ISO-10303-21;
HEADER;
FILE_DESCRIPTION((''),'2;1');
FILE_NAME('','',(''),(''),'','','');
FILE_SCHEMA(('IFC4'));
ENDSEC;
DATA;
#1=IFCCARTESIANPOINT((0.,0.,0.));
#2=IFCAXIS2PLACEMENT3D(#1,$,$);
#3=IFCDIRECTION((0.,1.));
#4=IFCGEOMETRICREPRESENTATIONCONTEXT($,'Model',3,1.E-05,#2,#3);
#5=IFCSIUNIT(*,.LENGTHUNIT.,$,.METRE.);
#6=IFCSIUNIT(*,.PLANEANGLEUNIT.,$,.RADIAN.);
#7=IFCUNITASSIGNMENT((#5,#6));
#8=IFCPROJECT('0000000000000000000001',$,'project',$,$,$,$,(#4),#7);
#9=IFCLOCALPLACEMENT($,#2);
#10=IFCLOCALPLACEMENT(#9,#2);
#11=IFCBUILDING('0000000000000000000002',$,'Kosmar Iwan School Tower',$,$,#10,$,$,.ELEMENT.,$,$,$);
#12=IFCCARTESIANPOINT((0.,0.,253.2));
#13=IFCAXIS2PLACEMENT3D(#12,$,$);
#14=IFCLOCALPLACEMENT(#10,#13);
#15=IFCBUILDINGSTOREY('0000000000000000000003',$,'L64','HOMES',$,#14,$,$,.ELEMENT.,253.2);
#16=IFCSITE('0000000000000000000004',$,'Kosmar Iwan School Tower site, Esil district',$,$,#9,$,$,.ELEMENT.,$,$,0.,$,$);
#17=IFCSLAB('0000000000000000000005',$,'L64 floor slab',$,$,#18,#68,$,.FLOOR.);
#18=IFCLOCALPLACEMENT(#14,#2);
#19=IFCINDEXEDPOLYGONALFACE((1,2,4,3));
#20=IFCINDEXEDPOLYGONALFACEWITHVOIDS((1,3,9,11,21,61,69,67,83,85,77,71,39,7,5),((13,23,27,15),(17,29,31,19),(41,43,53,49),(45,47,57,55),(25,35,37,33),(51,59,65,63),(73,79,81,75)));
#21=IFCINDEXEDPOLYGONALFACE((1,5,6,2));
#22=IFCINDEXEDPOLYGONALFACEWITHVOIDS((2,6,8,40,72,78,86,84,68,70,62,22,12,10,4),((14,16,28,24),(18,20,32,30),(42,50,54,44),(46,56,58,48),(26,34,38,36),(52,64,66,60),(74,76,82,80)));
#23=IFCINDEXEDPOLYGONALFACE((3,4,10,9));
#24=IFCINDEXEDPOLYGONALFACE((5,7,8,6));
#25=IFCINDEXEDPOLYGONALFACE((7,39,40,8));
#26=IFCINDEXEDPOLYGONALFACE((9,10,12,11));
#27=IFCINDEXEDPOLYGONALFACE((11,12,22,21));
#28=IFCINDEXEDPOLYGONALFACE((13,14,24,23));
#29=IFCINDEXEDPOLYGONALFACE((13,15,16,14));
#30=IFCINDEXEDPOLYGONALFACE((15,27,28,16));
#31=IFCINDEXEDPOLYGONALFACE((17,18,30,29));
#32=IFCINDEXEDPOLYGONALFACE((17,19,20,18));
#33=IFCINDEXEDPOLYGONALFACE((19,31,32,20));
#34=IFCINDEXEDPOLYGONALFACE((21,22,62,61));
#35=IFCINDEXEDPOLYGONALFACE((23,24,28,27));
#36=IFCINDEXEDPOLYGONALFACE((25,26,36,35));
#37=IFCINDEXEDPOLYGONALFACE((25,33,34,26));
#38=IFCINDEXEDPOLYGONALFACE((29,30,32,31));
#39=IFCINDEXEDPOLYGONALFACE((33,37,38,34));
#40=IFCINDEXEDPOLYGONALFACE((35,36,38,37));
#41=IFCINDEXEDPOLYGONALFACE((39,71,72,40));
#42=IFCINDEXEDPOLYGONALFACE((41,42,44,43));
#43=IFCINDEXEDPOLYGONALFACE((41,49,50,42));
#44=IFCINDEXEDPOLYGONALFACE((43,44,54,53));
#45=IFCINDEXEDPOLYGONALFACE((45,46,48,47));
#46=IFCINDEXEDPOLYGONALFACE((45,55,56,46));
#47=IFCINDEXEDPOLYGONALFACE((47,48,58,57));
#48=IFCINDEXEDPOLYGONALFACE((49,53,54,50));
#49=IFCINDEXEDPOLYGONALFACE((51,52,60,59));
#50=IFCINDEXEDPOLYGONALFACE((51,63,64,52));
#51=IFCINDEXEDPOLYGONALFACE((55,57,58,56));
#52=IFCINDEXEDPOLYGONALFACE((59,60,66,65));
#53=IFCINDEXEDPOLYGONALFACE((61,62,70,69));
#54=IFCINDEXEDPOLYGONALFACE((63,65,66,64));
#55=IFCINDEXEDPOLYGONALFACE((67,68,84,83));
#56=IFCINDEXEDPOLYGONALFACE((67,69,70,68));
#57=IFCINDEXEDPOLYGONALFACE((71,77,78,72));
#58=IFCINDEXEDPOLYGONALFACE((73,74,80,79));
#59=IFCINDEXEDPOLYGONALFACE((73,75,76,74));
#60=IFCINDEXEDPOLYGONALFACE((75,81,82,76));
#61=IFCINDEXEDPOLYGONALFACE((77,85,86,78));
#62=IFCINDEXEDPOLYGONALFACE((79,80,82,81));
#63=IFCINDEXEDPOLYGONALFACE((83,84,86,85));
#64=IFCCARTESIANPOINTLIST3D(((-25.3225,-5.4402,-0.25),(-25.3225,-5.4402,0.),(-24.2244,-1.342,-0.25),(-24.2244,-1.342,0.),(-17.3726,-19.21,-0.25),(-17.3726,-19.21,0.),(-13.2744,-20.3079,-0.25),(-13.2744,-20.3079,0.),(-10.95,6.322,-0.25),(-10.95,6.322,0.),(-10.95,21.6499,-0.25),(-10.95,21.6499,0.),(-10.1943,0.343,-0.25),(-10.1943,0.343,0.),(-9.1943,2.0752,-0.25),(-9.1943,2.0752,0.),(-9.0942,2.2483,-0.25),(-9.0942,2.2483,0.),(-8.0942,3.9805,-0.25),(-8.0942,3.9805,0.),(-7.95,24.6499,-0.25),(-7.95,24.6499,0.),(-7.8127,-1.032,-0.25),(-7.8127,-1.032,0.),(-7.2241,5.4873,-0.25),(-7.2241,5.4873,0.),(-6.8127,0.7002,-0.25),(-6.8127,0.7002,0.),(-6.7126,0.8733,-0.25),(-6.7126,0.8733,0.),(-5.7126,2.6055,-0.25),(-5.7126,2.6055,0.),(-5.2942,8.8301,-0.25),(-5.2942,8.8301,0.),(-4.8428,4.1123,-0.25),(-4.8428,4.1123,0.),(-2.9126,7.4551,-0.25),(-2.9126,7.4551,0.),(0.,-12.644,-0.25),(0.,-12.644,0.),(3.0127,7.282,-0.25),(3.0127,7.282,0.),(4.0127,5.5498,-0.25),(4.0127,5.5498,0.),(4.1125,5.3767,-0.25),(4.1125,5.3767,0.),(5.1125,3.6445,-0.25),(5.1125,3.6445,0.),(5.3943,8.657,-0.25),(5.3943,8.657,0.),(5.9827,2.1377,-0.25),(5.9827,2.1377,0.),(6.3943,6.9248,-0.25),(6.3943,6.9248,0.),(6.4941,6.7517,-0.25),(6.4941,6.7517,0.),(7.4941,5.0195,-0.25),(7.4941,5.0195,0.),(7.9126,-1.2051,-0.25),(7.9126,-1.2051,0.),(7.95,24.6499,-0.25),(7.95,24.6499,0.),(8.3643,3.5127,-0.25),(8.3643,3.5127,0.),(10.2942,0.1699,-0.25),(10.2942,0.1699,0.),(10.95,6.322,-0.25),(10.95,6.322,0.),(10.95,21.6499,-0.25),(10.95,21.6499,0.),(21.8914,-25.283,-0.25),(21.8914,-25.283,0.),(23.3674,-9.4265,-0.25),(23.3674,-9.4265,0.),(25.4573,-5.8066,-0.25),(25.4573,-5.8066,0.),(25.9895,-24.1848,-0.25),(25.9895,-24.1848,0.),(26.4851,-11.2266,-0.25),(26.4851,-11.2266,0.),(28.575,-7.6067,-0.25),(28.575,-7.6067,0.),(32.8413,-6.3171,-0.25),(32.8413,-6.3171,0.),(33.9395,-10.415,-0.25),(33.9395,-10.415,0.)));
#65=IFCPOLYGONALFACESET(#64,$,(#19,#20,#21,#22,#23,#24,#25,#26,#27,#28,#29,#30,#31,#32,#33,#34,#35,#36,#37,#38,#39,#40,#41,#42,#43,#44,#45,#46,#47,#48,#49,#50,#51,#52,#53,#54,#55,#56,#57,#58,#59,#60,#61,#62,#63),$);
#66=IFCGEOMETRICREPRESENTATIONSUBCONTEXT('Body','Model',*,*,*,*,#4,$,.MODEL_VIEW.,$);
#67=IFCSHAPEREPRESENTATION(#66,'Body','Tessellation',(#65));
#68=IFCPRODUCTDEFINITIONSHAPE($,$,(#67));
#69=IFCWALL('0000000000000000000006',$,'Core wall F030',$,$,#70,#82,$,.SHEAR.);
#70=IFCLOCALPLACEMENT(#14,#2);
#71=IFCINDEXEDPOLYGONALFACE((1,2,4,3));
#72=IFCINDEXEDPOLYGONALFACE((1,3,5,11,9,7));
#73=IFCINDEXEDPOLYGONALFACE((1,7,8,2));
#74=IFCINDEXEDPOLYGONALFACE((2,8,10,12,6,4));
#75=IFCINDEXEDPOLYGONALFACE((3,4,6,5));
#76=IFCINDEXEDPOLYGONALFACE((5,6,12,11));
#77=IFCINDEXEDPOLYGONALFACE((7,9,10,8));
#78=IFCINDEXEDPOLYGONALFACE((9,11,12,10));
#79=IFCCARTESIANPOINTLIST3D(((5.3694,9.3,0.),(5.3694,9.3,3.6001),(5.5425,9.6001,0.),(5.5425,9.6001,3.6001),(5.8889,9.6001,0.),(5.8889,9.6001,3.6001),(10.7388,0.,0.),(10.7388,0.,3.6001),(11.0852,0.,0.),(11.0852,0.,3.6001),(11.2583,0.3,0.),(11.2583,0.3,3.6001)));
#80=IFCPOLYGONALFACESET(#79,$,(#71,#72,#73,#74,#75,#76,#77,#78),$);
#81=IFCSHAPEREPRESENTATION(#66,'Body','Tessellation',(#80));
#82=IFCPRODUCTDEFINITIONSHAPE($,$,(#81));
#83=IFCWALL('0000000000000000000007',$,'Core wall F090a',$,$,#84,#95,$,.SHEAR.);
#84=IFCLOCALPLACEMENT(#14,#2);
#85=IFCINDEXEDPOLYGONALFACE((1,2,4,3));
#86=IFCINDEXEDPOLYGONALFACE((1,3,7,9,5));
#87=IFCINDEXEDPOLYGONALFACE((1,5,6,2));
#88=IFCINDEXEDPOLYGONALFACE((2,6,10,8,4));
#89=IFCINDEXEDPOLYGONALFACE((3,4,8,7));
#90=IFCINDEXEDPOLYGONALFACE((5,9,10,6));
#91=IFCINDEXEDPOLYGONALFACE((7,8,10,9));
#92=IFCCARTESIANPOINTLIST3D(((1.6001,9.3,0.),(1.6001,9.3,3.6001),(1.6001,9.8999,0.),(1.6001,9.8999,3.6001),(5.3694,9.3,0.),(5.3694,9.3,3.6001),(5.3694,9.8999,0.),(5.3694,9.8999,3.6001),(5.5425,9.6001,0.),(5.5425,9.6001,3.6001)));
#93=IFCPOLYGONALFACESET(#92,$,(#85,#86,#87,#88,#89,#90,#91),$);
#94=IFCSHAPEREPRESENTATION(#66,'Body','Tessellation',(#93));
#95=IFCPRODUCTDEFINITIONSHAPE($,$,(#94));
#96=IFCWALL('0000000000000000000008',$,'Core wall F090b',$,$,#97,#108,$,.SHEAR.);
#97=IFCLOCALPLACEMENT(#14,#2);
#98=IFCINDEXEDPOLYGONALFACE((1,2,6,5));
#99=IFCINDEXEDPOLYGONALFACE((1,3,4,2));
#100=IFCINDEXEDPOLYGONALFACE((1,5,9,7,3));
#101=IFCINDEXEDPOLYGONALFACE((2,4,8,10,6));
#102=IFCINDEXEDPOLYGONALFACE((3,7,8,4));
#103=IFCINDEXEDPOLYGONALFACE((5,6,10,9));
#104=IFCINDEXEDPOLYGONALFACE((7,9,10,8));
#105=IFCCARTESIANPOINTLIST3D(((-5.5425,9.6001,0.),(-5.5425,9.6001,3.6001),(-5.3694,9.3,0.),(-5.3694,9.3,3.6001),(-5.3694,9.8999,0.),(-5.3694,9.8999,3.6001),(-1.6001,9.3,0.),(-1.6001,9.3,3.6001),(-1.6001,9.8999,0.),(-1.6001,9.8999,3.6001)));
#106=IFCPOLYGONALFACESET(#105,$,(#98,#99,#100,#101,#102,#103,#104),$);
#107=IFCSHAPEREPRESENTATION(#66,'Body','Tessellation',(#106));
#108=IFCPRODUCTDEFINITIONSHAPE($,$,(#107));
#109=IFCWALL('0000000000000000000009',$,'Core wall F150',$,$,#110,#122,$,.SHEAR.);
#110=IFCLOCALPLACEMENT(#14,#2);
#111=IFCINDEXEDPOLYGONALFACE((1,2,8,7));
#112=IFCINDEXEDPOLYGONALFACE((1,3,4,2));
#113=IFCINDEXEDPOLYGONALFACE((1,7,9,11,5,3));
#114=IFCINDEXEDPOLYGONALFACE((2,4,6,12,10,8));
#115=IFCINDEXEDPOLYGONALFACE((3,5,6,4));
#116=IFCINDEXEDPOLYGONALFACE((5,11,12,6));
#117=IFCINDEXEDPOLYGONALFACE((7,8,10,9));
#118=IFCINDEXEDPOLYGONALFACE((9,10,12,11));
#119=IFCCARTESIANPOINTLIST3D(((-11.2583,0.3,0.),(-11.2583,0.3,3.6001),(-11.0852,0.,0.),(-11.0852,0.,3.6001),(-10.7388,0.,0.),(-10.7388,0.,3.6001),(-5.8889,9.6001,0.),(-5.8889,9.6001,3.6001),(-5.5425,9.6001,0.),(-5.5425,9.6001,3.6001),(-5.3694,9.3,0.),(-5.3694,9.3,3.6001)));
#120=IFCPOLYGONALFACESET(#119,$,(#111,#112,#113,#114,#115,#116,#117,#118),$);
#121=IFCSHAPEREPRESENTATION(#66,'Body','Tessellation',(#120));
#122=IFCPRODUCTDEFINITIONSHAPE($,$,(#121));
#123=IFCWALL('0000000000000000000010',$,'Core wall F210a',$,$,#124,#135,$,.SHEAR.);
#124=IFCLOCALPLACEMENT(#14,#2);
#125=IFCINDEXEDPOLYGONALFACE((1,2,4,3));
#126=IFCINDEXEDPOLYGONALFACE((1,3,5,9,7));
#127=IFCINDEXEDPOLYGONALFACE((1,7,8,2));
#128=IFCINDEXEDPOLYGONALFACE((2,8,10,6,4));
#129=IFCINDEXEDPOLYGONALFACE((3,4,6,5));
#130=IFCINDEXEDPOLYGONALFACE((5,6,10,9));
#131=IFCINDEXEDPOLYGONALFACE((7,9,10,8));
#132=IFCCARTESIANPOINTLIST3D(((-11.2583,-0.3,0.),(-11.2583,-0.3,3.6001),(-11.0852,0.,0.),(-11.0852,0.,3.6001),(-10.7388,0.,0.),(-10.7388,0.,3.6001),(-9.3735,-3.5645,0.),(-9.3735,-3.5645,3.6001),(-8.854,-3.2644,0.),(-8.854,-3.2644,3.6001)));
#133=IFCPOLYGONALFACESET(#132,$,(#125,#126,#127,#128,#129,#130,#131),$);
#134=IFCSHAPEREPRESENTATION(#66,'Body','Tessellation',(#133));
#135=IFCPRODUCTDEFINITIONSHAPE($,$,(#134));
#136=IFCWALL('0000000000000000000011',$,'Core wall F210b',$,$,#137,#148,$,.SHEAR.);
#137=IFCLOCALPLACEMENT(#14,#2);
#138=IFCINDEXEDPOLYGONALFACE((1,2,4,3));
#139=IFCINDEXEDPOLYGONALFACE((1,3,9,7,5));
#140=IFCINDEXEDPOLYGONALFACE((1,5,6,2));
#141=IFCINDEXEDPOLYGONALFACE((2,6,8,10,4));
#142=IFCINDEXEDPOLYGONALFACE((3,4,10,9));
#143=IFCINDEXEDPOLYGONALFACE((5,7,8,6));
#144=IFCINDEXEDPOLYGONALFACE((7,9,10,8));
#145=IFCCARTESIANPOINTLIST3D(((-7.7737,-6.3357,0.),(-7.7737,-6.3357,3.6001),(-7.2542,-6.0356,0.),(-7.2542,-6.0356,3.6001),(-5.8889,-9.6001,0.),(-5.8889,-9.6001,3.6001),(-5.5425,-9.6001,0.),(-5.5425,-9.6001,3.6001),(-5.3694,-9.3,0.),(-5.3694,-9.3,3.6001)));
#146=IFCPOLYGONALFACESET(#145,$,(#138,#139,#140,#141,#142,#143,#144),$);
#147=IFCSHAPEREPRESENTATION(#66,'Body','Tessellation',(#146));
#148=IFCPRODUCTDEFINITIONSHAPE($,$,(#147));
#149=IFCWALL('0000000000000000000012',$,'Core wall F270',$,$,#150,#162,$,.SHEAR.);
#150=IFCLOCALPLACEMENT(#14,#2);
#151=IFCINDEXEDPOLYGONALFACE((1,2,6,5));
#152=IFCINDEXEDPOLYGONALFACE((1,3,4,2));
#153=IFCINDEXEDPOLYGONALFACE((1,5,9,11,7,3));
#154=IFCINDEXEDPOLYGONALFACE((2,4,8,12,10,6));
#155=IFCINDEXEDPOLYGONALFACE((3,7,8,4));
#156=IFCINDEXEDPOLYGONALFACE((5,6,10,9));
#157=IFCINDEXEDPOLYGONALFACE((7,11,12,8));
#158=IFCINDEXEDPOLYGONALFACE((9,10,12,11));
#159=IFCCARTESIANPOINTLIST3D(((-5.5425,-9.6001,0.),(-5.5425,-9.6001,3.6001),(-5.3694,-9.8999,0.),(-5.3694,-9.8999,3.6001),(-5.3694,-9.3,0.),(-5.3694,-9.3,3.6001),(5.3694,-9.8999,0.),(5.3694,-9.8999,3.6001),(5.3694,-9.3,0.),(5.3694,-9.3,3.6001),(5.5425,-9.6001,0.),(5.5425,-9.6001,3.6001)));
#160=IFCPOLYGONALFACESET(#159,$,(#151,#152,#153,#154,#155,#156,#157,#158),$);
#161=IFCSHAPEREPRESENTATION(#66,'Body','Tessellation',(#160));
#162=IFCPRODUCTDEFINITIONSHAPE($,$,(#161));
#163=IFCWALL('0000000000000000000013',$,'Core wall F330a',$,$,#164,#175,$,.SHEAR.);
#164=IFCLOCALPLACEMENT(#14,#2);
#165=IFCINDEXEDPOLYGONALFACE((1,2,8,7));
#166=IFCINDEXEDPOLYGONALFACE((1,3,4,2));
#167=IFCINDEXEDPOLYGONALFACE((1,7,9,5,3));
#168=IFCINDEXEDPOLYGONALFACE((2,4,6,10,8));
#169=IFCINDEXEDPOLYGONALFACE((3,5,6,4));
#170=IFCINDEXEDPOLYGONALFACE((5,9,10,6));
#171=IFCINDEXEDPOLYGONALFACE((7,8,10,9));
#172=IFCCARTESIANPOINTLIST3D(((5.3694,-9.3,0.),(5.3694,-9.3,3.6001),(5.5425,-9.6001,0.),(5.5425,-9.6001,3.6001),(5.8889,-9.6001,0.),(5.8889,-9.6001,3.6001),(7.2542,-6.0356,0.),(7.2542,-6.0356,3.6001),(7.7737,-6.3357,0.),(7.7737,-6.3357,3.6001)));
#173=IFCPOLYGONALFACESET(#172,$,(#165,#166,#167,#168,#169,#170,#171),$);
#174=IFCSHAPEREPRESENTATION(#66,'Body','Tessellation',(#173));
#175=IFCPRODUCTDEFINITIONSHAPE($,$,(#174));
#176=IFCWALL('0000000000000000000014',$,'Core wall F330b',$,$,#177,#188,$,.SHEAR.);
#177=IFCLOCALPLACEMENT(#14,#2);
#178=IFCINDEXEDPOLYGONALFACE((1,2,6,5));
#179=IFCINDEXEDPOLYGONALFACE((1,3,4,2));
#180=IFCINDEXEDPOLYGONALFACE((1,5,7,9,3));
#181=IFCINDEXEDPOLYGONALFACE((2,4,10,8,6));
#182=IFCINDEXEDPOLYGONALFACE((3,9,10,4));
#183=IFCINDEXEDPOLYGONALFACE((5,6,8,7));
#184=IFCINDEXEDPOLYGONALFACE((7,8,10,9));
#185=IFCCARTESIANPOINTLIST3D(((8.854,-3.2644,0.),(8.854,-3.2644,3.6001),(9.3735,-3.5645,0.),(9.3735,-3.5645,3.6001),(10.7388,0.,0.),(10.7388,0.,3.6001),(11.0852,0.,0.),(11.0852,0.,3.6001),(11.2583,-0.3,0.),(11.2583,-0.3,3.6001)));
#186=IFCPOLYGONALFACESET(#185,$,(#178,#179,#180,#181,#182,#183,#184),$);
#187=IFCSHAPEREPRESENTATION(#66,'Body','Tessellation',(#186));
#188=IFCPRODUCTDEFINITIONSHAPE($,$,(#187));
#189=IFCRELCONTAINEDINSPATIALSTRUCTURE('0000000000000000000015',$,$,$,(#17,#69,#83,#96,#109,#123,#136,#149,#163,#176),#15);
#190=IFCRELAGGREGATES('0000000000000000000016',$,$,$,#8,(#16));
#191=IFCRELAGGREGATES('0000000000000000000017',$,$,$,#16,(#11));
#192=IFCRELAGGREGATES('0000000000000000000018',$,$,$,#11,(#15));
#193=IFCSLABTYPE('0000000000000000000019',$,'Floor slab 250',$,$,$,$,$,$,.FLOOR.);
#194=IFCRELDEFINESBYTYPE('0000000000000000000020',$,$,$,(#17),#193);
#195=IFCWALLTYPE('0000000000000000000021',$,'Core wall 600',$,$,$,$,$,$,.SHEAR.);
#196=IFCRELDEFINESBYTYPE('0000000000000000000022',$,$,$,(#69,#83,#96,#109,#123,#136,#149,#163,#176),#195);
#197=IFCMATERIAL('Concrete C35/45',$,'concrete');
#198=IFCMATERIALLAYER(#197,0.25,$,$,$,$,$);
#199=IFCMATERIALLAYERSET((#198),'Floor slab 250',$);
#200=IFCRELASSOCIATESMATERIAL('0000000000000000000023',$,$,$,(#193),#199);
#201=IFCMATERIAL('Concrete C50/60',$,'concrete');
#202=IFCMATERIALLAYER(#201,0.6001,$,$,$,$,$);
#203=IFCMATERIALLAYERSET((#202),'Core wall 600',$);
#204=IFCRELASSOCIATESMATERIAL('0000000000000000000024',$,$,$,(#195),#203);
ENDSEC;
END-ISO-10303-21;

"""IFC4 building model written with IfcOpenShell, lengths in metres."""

from ifc_helpers import new_model, si_unit, direction, frame, origin, place, context, subcontext, project, spatial, polyline, outline, extrude, material, layer, layer_set, type_object, element, save


model = new_model("IFC4")

# Units and contexts
model_context = context("Model", 3, precision=1e-05, world=origin(), true_north=direction((0.0, 1.0)))
body_context = subcontext(model_context, "Body", "Model", "MODEL_VIEW")
ifc_project = project(units=[si_unit("LENGTHUNIT", "METRE"), si_unit("PLANEANGLEUNIT", "RADIAN")], contexts=[model_context])

# Site, building, storey
site_placement = place(None, origin())
site = spatial("IfcSite", under=ifc_project, at=site_placement, Name="Kosmar Iwan School Tower site, Esil district", CompositionType="ELEMENT", RefElevation=0.0)
building_placement = place(site_placement, origin())
building = spatial("IfcBuilding", under=site, at=building_placement, Name="Kosmar Iwan School Tower", CompositionType="ELEMENT")
storey_placement = place(building_placement, frame((0.0, 0.0, 253.2)))
storey = spatial("IfcBuildingStorey", under=building, at=storey_placement, Name="L64", Description="HOMES", CompositionType="ELEMENT", Elevation=253.2)

# Slab
ifc_material_1 = material(Name="Concrete C35/45", Category="concrete")
ifc_layer_1 = layer(ifc_material_1, 0.25)
ifc_layer_set_1 = layer_set([ifc_layer_1], Name="Floor slab 250")
slab_type = type_object("IfcSlabType", Name="Floor slab 250", PredefinedType="FLOOR", material=ifc_layer_set_1)
slab_placement = place(storey_placement, frame((0.0, 0.0, -0.25)))
element("IfcSlab", 1, at=slab_placement, inside=storey, type_object=slab_type, Name="L64 floor slab", PredefinedType="FLOOR", context=body_context, shape_type="SweptSolid", body=[
    extrude(outline(polyline([(21.8914, -25.283), (25.9895, -24.1848), (33.9395, -10.415), (32.8413, -6.3171), (10.95, 6.322), (10.95, 21.6499), (7.95, 24.6499), (-7.95, 24.6499), (-10.95, 21.6499), (-10.95, 6.322), (-24.2244, -1.342), (-25.3225, -5.4402), (-17.3726, -19.21), (-13.2744, -20.3079), (0.0, -12.644), (21.8914, -25.283)]), holes=[polyline([(7.9126, -1.2051), (10.2942, 0.1699), (8.3643, 3.5127), (5.9827, 2.1377), (7.9126, -1.2051)]), polyline([(-2.9126, 7.4551), (-5.2942, 8.8301), (-7.2241, 5.4873), (-4.8428, 4.1123), (-2.9126, 7.4551)]), polyline([(-5.7126, 2.6055), (-8.0942, 3.9805), (-9.0942, 2.2483), (-6.7126, 0.8733), (-5.7126, 2.6055)]), polyline([(-6.8127, 0.7002), (-9.1943, 2.0752), (-10.1943, 0.343), (-7.8127, -1.032), (-6.8127, 0.7002)]), polyline([(5.1125, 3.6445), (7.4941, 5.0195), (6.4941, 6.7517), (4.1125, 5.3767), (5.1125, 3.6445)]), polyline([(4.0127, 5.5498), (6.3943, 6.9248), (5.3943, 8.657), (3.0127, 7.282), (4.0127, 5.5498)]), polyline([(23.3674, -9.4265), (26.4851, -11.2266), (28.575, -7.6067), (25.4573, -5.8066), (23.3674, -9.4265)])]), origin(), (0.0, 0.0, 1.0), 0.25),
])

# Walls
ifc_material_2 = material(Name="Concrete C50/60", Category="concrete")
ifc_layer_2 = layer(ifc_material_2, 0.6001)
ifc_layer_set_2 = layer_set([ifc_layer_2], Name="Core wall 600")
wall_type_1 = type_object("IfcWallType", Name="Core wall 600", PredefinedType="SHEAR", material=ifc_layer_set_2)
wall_1_placement = place(storey_placement, origin())
element("IfcWall", 2, at=wall_1_placement, inside=storey, type_object=wall_type_1, Name="Core wall F030", PredefinedType="SHEAR", context=body_context, shape_type="SweptSolid", body=[
    extrude(outline(polyline([(10.7388, 0.0), (11.0852, 0.0), (11.2583, 0.3), (5.8889, 9.6001), (5.5425, 9.6001), (5.3694, 9.3), (10.7388, 0.0)])), origin(), (0.0, 0.0, 1.0), 3.6001),
])
wall_2_placement = place(storey_placement, origin())
element("IfcWall", 3, at=wall_2_placement, inside=storey, type_object=wall_type_1, Name="Core wall F090a", PredefinedType="SHEAR", context=body_context, shape_type="SweptSolid", body=[
    extrude(outline(polyline([(1.6001, 9.3), (5.3694, 9.3), (5.5425, 9.6001), (5.3694, 9.8999), (1.6001, 9.8999), (1.6001, 9.3)])), origin(), (0.0, 0.0, 1.0), 3.6001),
])
wall_3_placement = place(storey_placement, origin())
element("IfcWall", 4, at=wall_3_placement, inside=storey, type_object=wall_type_1, Name="Core wall F090b", PredefinedType="SHEAR", context=body_context, shape_type="SweptSolid", body=[
    extrude(outline(polyline([(-5.3694, 9.3), (-1.6001, 9.3), (-1.6001, 9.8999), (-5.3694, 9.8999), (-5.5425, 9.6001), (-5.3694, 9.3)])), origin(), (0.0, 0.0, 1.0), 3.6001),
])
wall_4_placement = place(storey_placement, origin())
element("IfcWall", 5, at=wall_4_placement, inside=storey, type_object=wall_type_1, Name="Core wall F150", PredefinedType="SHEAR", context=body_context, shape_type="SweptSolid", body=[
    extrude(outline(polyline([(-11.0852, 0.0), (-10.7388, 0.0), (-5.3694, 9.3), (-5.5425, 9.6001), (-5.8889, 9.6001), (-11.2583, 0.3), (-11.0852, 0.0)])), origin(), (0.0, 0.0, 1.0), 3.6001),
])
wall_5_placement = place(storey_placement, origin())
element("IfcWall", 6, at=wall_5_placement, inside=storey, type_object=wall_type_1, Name="Core wall F210a", PredefinedType="SHEAR", context=body_context, shape_type="SweptSolid", body=[
    extrude(outline(polyline([(-9.3735, -3.5645), (-8.854, -3.2644), (-10.7388, 0.0), (-11.0852, 0.0), (-11.2583, -0.3), (-9.3735, -3.5645)])), origin(), (0.0, 0.0, 1.0), 3.6001),
])
wall_6_placement = place(storey_placement, origin())
element("IfcWall", 7, at=wall_6_placement, inside=storey, type_object=wall_type_1, Name="Core wall F210b", PredefinedType="SHEAR", context=body_context, shape_type="SweptSolid", body=[
    extrude(outline(polyline([(-5.8889, -9.6001), (-5.5425, -9.6001), (-5.3694, -9.3), (-7.2542, -6.0356), (-7.7737, -6.3357), (-5.8889, -9.6001)])), origin(), (0.0, 0.0, 1.0), 3.6001),
])
wall_7_placement = place(storey_placement, origin())
element("IfcWall", 8, at=wall_7_placement, inside=storey, type_object=wall_type_1, Name="Core wall F270", PredefinedType="SHEAR", context=body_context, shape_type="SweptSolid", body=[
    extrude(outline(polyline([(-5.3694, -9.8999), (5.3694, -9.8999), (5.5425, -9.6001), (5.3694, -9.3), (-5.3694, -9.3), (-5.5425, -9.6001), (-5.3694, -9.8999)])), origin(), (0.0, 0.0, 1.0), 3.6001),
])
wall_8_placement = place(storey_placement, origin())
element("IfcWall", 9, at=wall_8_placement, inside=storey, type_object=wall_type_1, Name="Core wall F330a", PredefinedType="SHEAR", context=body_context, shape_type="SweptSolid", body=[
    extrude(outline(polyline([(5.5425, -9.6001), (5.8889, -9.6001), (7.7737, -6.3357), (7.2542, -6.0356), (5.3694, -9.3), (5.5425, -9.6001)])), origin(), (0.0, 0.0, 1.0), 3.6001),
])
wall_9_placement = place(storey_placement, origin())
element("IfcWall", 10, at=wall_9_placement, inside=storey, type_object=wall_type_1, Name="Core wall F330b", PredefinedType="SHEAR", context=body_context, shape_type="SweptSolid", body=[
    extrude(outline(polyline([(9.3735, -3.5645), (11.2583, -0.3), (11.0852, 0.0), (10.7388, 0.0), (8.854, -3.2644), (9.3735, -3.5645)])), origin(), (0.0, 0.0, 1.0), 3.6001),
])

save(model, "model.ifc")
